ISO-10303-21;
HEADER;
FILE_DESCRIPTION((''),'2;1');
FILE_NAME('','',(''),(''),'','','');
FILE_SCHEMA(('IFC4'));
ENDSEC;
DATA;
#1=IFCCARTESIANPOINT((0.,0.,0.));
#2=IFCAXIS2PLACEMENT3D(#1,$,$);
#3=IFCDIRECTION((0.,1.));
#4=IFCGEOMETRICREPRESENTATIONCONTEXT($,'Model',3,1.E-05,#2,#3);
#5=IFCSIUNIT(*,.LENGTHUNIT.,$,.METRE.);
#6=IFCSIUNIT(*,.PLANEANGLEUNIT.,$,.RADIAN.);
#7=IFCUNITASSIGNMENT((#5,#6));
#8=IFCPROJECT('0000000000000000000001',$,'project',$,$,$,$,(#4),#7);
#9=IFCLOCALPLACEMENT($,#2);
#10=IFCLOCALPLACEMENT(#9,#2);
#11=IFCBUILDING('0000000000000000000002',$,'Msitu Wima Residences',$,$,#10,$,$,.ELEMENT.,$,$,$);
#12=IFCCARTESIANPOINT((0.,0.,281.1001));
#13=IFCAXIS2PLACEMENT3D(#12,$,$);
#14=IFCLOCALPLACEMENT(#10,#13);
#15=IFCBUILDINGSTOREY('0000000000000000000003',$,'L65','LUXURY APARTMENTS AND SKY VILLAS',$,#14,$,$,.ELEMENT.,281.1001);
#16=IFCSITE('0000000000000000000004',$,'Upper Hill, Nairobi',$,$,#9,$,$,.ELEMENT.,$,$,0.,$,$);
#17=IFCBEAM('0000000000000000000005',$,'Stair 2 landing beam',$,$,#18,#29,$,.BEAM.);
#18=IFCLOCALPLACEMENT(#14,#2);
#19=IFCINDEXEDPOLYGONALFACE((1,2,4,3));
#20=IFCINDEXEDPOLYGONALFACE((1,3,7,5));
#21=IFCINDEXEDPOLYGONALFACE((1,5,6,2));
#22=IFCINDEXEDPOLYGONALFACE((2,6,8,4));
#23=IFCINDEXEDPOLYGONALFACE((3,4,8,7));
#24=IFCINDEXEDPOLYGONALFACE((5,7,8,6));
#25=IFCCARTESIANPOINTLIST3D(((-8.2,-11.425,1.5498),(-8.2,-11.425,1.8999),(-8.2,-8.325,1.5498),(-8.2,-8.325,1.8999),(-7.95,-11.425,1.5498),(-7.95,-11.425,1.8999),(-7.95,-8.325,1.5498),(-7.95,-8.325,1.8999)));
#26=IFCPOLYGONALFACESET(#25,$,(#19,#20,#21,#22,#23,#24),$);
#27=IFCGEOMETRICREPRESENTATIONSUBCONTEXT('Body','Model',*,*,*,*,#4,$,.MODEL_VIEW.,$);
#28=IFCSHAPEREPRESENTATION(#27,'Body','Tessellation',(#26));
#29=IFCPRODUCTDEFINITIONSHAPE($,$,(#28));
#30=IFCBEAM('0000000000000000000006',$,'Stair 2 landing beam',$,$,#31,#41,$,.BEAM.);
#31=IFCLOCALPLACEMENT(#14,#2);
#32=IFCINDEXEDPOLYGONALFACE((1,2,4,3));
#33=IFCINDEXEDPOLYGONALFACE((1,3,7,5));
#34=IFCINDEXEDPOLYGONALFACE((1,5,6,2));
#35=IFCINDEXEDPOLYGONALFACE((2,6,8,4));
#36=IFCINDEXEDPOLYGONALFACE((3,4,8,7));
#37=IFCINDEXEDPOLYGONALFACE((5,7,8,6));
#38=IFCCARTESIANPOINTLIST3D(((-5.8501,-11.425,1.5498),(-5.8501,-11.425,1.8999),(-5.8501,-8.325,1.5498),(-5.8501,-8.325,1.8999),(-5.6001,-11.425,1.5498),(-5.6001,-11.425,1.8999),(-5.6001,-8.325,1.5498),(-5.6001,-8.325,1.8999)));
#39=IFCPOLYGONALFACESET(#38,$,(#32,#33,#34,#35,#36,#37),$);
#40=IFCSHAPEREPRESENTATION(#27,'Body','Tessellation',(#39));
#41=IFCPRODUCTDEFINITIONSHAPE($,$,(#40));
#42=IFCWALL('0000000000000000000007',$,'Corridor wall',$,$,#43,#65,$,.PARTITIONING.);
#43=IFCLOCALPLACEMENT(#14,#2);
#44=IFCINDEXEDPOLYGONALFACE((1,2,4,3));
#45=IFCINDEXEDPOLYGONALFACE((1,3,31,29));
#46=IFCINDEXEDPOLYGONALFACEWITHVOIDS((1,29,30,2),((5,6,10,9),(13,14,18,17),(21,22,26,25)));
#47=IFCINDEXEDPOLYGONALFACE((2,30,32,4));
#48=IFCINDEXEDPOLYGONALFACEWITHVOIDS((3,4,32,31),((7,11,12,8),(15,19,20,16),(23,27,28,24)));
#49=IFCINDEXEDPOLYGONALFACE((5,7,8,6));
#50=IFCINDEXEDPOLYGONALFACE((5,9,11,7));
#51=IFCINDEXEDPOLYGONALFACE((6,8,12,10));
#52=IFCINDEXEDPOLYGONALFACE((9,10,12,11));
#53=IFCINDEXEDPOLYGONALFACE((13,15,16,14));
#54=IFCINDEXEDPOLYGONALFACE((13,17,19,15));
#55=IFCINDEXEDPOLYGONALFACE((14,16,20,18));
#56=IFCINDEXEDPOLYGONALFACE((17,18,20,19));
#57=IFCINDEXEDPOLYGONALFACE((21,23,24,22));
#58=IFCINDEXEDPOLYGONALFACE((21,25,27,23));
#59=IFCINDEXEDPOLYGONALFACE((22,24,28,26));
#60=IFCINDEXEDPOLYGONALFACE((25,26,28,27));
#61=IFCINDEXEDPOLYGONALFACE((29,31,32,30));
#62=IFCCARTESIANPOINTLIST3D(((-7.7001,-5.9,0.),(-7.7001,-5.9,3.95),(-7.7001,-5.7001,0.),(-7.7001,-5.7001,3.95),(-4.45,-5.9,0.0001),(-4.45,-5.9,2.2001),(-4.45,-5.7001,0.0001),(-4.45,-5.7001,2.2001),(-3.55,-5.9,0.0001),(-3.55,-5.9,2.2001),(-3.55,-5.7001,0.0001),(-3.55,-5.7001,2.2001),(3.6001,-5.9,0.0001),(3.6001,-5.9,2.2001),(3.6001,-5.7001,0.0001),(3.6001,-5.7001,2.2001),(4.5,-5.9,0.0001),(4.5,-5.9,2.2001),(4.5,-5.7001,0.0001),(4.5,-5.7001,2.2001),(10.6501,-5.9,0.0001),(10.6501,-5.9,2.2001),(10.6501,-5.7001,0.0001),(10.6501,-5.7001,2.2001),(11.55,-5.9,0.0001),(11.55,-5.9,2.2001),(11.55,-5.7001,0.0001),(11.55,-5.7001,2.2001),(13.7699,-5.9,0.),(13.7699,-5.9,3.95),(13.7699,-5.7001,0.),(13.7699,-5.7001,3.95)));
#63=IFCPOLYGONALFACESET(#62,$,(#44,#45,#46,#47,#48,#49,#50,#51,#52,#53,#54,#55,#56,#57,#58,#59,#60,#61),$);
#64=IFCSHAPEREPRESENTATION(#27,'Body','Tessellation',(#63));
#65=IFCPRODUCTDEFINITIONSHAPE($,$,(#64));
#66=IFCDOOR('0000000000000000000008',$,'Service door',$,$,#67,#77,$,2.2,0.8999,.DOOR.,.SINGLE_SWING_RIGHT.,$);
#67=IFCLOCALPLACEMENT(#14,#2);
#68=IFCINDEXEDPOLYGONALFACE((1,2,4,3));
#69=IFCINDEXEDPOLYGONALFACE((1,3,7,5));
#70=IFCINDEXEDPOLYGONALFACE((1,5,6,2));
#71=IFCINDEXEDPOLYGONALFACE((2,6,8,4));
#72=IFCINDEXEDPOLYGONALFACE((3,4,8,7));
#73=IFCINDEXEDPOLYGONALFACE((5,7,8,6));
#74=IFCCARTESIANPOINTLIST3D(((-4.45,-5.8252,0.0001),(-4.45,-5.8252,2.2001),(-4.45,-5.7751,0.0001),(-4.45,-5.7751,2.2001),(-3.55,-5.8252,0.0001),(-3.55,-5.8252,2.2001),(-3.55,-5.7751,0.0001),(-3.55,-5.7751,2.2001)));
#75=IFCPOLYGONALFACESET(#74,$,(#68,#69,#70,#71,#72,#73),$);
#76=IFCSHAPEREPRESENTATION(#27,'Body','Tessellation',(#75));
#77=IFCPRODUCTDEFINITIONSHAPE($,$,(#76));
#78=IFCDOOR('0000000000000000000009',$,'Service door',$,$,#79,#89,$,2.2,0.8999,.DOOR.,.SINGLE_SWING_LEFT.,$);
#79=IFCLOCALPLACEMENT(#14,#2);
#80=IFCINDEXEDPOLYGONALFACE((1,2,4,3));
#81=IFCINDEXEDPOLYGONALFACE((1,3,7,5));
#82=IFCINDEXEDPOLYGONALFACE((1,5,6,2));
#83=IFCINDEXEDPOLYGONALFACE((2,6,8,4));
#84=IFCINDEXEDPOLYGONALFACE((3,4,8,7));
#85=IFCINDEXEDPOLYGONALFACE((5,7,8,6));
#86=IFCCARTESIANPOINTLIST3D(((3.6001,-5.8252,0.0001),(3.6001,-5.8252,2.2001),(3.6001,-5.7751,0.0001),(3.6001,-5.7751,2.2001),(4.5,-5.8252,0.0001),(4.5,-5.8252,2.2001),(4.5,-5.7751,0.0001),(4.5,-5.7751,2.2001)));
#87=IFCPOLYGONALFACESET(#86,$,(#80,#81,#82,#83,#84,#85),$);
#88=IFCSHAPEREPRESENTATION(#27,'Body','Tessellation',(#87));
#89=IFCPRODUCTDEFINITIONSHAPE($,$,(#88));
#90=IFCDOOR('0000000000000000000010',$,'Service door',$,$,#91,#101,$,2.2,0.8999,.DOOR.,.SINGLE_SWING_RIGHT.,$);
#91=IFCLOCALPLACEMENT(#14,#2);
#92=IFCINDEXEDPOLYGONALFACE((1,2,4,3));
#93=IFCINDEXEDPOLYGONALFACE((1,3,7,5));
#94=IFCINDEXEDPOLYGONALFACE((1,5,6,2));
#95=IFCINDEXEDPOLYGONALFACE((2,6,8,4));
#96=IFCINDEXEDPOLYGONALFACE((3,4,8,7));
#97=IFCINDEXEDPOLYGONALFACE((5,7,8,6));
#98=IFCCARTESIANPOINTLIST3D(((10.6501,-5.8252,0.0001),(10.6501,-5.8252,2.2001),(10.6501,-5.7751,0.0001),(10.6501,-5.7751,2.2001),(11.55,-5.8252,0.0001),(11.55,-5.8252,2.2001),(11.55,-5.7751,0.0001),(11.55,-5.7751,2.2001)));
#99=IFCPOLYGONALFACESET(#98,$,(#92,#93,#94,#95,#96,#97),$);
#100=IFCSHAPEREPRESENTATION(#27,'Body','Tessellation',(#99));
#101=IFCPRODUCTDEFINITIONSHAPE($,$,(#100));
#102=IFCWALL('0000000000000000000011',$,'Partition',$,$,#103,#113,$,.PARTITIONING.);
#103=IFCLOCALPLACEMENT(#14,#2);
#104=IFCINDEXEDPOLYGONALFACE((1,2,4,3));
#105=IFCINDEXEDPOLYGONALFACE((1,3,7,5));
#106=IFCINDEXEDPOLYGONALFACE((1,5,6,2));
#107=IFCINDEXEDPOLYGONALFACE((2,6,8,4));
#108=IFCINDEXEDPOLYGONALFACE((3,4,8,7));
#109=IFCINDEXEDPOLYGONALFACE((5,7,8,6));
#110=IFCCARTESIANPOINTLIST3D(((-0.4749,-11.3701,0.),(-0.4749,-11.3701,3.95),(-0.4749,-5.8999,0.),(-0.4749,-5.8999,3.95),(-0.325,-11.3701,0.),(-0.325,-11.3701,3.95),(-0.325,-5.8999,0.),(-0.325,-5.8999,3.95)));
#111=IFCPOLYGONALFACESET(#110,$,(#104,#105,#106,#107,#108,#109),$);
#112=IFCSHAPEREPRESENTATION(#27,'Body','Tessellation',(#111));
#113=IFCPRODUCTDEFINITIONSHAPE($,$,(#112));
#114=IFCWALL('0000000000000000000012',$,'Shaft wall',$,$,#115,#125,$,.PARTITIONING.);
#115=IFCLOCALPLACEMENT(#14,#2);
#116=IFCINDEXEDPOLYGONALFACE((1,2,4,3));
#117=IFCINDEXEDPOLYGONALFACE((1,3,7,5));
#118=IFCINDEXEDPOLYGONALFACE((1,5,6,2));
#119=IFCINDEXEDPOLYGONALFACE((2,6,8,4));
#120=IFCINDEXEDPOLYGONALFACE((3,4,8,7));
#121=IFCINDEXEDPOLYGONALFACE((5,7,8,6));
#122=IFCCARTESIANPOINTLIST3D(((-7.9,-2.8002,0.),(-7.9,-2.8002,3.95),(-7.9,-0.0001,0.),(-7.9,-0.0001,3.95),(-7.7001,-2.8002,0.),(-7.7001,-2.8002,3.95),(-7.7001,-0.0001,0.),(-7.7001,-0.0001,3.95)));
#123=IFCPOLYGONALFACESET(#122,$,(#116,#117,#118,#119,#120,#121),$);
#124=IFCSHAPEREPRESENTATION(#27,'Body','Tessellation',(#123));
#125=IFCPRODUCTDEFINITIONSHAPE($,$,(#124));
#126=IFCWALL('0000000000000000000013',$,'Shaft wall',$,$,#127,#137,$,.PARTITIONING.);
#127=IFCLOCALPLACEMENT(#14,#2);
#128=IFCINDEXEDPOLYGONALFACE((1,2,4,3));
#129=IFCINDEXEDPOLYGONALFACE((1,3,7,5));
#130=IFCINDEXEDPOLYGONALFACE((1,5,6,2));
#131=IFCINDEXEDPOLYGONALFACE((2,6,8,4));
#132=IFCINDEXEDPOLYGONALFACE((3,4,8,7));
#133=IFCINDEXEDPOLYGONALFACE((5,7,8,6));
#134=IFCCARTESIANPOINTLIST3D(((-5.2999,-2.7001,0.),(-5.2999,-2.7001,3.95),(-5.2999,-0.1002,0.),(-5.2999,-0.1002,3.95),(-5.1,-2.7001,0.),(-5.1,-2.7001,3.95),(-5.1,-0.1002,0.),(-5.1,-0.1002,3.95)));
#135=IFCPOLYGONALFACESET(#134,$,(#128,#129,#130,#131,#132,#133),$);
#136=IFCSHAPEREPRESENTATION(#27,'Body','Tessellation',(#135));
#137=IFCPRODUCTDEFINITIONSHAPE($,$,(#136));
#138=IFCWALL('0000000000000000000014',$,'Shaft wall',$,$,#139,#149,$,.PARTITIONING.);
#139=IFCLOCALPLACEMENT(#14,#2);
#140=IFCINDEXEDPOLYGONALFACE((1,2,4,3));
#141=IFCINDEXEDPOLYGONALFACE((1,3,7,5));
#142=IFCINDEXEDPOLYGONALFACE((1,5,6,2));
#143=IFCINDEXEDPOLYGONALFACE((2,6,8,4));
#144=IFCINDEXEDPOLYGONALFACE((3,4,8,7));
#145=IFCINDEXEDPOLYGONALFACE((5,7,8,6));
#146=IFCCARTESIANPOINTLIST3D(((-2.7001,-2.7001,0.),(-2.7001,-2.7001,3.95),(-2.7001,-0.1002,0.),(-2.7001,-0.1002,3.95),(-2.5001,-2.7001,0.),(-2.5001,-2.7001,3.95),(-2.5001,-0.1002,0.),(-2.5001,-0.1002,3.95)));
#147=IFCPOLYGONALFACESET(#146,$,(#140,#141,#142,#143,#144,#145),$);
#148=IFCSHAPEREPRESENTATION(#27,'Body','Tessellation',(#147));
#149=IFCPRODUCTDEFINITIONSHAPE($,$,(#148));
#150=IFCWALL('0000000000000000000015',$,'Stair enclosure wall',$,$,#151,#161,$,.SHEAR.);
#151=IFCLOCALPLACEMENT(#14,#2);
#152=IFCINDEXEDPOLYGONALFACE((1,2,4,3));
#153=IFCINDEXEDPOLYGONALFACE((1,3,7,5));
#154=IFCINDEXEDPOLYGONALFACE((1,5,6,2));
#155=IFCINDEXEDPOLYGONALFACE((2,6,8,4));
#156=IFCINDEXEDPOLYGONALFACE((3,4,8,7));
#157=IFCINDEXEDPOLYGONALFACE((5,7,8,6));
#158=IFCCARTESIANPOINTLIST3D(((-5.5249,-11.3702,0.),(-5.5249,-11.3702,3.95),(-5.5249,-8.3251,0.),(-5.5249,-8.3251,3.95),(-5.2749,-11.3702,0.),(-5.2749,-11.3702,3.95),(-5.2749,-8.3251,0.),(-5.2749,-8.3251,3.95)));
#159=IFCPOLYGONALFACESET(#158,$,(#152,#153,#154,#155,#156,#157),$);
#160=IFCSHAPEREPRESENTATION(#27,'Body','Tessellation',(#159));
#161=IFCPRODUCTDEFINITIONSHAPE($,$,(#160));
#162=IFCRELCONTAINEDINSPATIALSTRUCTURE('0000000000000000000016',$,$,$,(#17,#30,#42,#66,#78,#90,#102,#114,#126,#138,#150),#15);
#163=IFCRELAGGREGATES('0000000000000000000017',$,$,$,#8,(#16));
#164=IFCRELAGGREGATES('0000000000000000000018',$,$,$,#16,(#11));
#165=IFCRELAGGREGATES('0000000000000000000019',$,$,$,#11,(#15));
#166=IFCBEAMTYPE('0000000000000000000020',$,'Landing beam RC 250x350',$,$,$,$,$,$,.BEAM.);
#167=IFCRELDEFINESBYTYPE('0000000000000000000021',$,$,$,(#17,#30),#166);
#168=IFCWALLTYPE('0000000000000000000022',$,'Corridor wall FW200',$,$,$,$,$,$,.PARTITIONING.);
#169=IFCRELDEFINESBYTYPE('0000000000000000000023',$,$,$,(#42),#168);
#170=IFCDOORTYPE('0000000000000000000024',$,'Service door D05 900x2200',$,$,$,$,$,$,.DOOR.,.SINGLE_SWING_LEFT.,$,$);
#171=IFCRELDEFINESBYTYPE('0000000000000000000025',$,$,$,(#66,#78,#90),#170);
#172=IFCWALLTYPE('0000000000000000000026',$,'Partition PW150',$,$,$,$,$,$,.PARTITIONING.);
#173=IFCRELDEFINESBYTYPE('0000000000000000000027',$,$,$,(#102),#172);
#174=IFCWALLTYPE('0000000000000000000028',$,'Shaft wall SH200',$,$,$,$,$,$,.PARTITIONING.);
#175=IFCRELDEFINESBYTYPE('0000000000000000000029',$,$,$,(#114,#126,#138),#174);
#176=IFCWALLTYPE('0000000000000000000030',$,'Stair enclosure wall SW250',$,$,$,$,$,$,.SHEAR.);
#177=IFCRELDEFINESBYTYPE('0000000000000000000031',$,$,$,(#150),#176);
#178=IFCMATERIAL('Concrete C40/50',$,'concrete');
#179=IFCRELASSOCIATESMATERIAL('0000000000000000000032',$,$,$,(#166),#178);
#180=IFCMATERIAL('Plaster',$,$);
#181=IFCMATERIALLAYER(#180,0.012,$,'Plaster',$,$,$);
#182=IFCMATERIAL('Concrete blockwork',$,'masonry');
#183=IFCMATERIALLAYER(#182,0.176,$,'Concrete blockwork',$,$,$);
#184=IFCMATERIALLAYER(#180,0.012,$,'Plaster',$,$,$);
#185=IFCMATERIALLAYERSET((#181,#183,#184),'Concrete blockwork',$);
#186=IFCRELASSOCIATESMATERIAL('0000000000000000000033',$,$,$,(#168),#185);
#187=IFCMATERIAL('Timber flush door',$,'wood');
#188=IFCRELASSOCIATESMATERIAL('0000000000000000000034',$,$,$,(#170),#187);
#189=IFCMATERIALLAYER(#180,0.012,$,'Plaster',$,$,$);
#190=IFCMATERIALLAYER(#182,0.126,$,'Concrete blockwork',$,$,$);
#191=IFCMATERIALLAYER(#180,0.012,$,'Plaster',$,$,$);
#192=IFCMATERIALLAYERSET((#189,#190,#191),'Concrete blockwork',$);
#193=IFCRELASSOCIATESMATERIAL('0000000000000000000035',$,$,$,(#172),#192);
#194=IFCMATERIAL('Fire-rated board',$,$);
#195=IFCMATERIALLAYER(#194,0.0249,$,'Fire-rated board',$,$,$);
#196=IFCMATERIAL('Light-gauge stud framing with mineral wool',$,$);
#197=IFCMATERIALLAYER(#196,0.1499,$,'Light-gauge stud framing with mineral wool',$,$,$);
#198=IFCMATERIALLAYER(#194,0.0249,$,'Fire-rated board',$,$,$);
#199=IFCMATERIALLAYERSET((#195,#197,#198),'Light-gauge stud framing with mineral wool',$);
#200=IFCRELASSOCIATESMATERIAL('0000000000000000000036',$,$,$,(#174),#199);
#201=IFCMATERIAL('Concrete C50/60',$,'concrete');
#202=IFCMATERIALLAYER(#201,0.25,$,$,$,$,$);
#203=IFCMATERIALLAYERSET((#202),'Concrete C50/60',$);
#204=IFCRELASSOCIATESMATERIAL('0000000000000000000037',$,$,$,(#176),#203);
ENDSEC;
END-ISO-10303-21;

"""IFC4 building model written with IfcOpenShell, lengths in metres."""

from ifc_helpers import new_model, si_unit, direction, frame, frame_2d, origin, origin_2d, place, context, subcontext, project, spatial, rectangle, extrude, material, layer, layer_set, material_profile, profile_set, type_object, element, fill, save


model = new_model("IFC4")

# Units and contexts
model_context = context("Model", 3, precision=1e-05, world=origin(), true_north=direction((0.0, 1.0)))
body_context = subcontext(model_context, "Body", "Model", "MODEL_VIEW")
ifc_project = project(units=[si_unit("LENGTHUNIT", "METRE"), si_unit("PLANEANGLEUNIT", "RADIAN")], contexts=[model_context])

# Site, building, storey
site_placement = place(None, origin())
site = spatial("IfcSite", under=ifc_project, at=site_placement, Name="Upper Hill, Nairobi", CompositionType="ELEMENT", RefElevation=0.0)
building_placement = place(site_placement, origin())
building = spatial("IfcBuilding", under=site, at=building_placement, Name="Msitu Wima Residences", CompositionType="ELEMENT")
storey_placement = place(building_placement, frame((0.0, 0.0, 281.1001)))
storey = spatial("IfcBuildingStorey", under=building, at=storey_placement, Name="L65", Description="LUXURY APARTMENTS AND SKY VILLAS", CompositionType="ELEMENT", Elevation=281.1001)

# Beams
ifc_material_1 = material(Name="Concrete C40/50", Category="concrete")
ifc_material_profile = material_profile(ifc_material_1, rectangle(XDim=0.25, YDim=0.3501, at=origin_2d()), Name="RC 250x350")
ifc_profile_set = profile_set([ifc_material_profile], Name="Concrete C40/50")
beam_type = type_object("IfcBeamType", Name="Landing beam RC 250x350", PredefinedType="BEAM", material=ifc_profile_set)
for number, where, z_axis, x_axis, name in (
    (1, (-8.075, -11.425, 1.7249), (0.0, 1.0, 0.0), (-1.0, 0.0, 0.0), "Stair 2 landing beam"),
    (2, (-5.7251, -11.425, 1.7249), (0.0, 1.0, 0.0), (-1.0, 0.0, 0.0), "Stair 2 landing beam"),
):
    element("IfcBeam", number, at=place(storey_placement, frame(where, z_axis=z_axis, x_axis=x_axis)), inside=storey, type_object=beam_type, Name=name, PredefinedType="BEAM", context=body_context, shape_type="SweptSolid", body=[
        extrude(rectangle(XDim=0.25, YDim=0.3501, at=origin_2d()), origin(), (0.0, 0.0, 1.0), 3.1001),
    ])

# Shared definitions
ifc_material_2 = material(Name="Plaster")
ifc_layer_1 = layer(ifc_material_2, 0.012, Name="Plaster")
ifc_material_3 = material(Name="Concrete blockwork", Category="masonry")
ifc_layer_2 = layer(ifc_material_3, 0.176, Name="Concrete blockwork")
ifc_layer_3 = layer(ifc_material_2, 0.012, Name="Plaster")
ifc_layer_set_1 = layer_set([ifc_layer_1, ifc_layer_2, ifc_layer_3], Name="Concrete blockwork")
wall_type_1 = type_object("IfcWallType", Name="Corridor wall FW200", PredefinedType="PARTITIONING", material=ifc_layer_set_1)

# Wall, openings, doors
wall_1_placement = place(storey_placement, frame((-7.7, -5.8, 0.0), z_axis=(0.0, 0.0, 1.0), x_axis=(1.0, 0.0, 0.0)))
wall_1 = element("IfcWall", 3, at=wall_1_placement, inside=storey, type_object=wall_type_1, Name="Corridor wall", PredefinedType="PARTITIONING", context=body_context, shape_type="SweptSolid", body=[
    extrude(rectangle(XDim=21.47, YDim=0.2, at=frame_2d((10.7349, 0.0))), origin(), (0.0, 0.0, 1.0), 3.95),
])
opening_1_placement = place(wall_1_placement, frame((3.25, 0.0, 0.0)))
opening_1 = element("IfcOpeningElement", 4, at=opening_1_placement, cuts=wall_1, PredefinedType="OPENING", context=body_context, shape_type="SweptSolid", body=[
    extrude(rectangle(XDim=0.8999, YDim=2.2, at=frame_2d((0.45, 1.1001))), frame((0.0, 0.1099, 0.0), z_axis=(0.0, -1.0, 0.0), x_axis=(1.0, 0.0, 0.0)), (0.0, 0.0, 1.0), 0.22),
])
opening_2_placement = place(wall_1_placement, frame((11.3, 0.0, 0.0)))
opening_2 = element("IfcOpeningElement", 5, at=opening_2_placement, cuts=wall_1, PredefinedType="OPENING", context=body_context, shape_type="SweptSolid", body=[
    extrude(rectangle(XDim=0.8999, YDim=2.2, at=frame_2d((0.45, 1.1001))), frame((0.0, 0.1099, 0.0), z_axis=(0.0, -1.0, 0.0), x_axis=(1.0, 0.0, 0.0)), (0.0, 0.0, 1.0), 0.22),
])
opening_3_placement = place(wall_1_placement, frame((18.3501, 0.0, 0.0)))
opening_3 = element("IfcOpeningElement", 6, at=opening_3_placement, cuts=wall_1, PredefinedType="OPENING", context=body_context, shape_type="SweptSolid", body=[
    extrude(rectangle(XDim=0.8999, YDim=2.2, at=frame_2d((0.45, 1.1001))), frame((0.0, 0.1099, 0.0), z_axis=(0.0, -1.0, 0.0), x_axis=(1.0, 0.0, 0.0)), (0.0, 0.0, 1.0), 0.22),
])
ifc_material_4 = material(Name="Timber flush door", Category="wood")
door_type_1 = type_object("IfcDoorType", Name="Service door D05 900x2200", OperationType="SINGLE_SWING_LEFT", PredefinedType="DOOR", material=ifc_material_4)
door_1_placement = place(opening_1_placement, origin())
door_1 = element("IfcDoor", 7, at=door_1_placement, inside=storey, type_object=door_type_1, Name="Service door", OperationType="SINGLE_SWING_RIGHT", OverallHeight=2.2, OverallWidth=0.8999, PredefinedType="DOOR", context=body_context, shape_type="SweptSolid", body=[
    extrude(rectangle(XDim=0.8999, YDim=2.2, at=frame_2d((0.45, 1.1001))), frame((0.0, 0.0249, 0.0), z_axis=(0.0, -1.0, 0.0), x_axis=(1.0, 0.0, 0.0)), (0.0, 0.0, 1.0), 0.05),
])
fill(opening_1, door_1)
door_2_placement = place(opening_2_placement, origin())
door_2 = element("IfcDoor", 8, at=door_2_placement, inside=storey, type_object=door_type_1, Name="Service door", OperationType="SINGLE_SWING_LEFT", OverallHeight=2.2, OverallWidth=0.8999, PredefinedType="DOOR", context=body_context, shape_type="SweptSolid", body=[
    extrude(rectangle(XDim=0.8999, YDim=2.2, at=frame_2d((0.45, 1.1001))), frame((0.0, 0.0249, 0.0), z_axis=(0.0, -1.0, 0.0), x_axis=(1.0, 0.0, 0.0)), (0.0, 0.0, 1.0), 0.05),
])
fill(opening_2, door_2)
door_3_placement = place(opening_3_placement, origin())
door_3 = element("IfcDoor", 9, at=door_3_placement, inside=storey, type_object=door_type_1, Name="Service door", OperationType="SINGLE_SWING_RIGHT", OverallHeight=2.2, OverallWidth=0.8999, PredefinedType="DOOR", context=body_context, shape_type="SweptSolid", body=[
    extrude(rectangle(XDim=0.8999, YDim=2.2, at=frame_2d((0.45, 1.1001))), frame((0.0, 0.0249, 0.0), z_axis=(0.0, -1.0, 0.0), x_axis=(1.0, 0.0, 0.0)), (0.0, 0.0, 1.0), 0.05),
])
fill(opening_3, door_3)

# Walls
ifc_layer_4 = layer(ifc_material_2, 0.012, Name="Plaster")
ifc_layer_5 = layer(ifc_material_3, 0.126, Name="Concrete blockwork")
ifc_layer_6 = layer(ifc_material_2, 0.012, Name="Plaster")
ifc_layer_set_2 = layer_set([ifc_layer_4, ifc_layer_5, ifc_layer_6], Name="Concrete blockwork")
wall_type_2 = type_object("IfcWallType", Name="Partition PW150", PredefinedType="PARTITIONING", material=ifc_layer_set_2)
wall_2_placement = place(storey_placement, frame((-0.3999, -11.3701, 0.0), z_axis=(0.0, 0.0, 1.0), x_axis=(0.0, 1.0, 0.0)))
element("IfcWall", 10, at=wall_2_placement, inside=storey, type_object=wall_type_2, Name="Partition", PredefinedType="PARTITIONING", context=body_context, shape_type="SweptSolid", body=[
    extrude(rectangle(XDim=5.4702, YDim=0.1499, at=frame_2d((2.7351, 0.0))), origin(), (0.0, 0.0, 1.0), 3.95),
])
ifc_material_5 = material(Name="Fire-rated board")
ifc_layer_7 = layer(ifc_material_5, 0.0249, Name="Fire-rated board")
ifc_material_6 = material(Name="Light-gauge stud framing with mineral wool")
ifc_layer_8 = layer(ifc_material_6, 0.1499, Name="Light-gauge stud framing with mineral wool")
ifc_layer_9 = layer(ifc_material_5, 0.0249, Name="Fire-rated board")
ifc_layer_set_3 = layer_set([ifc_layer_7, ifc_layer_8, ifc_layer_9], Name="Light-gauge stud framing with mineral wool")
wall_type_3 = type_object("IfcWallType", Name="Shaft wall SH200", PredefinedType="PARTITIONING", material=ifc_layer_set_3)
wall_3_placement = place(storey_placement, frame((-7.8, -2.8, 0.0), z_axis=(0.0, 0.0, 1.0), x_axis=(0.0, 1.0, 0.0)))
element("IfcWall", 11, at=wall_3_placement, inside=storey, type_object=wall_type_3, Name="Shaft wall", PredefinedType="PARTITIONING", context=body_context, shape_type="SweptSolid", body=[
    extrude(rectangle(XDim=2.8, YDim=0.2, at=frame_2d((1.3999, 0.0))), origin(), (0.0, 0.0, 1.0), 3.95),
])
for number, where, z_axis, x_axis, name in (
    (12, (-5.2, -2.7, 0.0), (0.0, 0.0, 1.0), (0.0, 1.0, 0.0), "Shaft wall"),
    (13, (-2.6001, -2.7, 0.0), (0.0, 0.0, 1.0), (0.0, 1.0, 0.0), "Shaft wall"),
):
    element("IfcWall", number, at=place(storey_placement, frame(where, z_axis=z_axis, x_axis=x_axis)), inside=storey, type_object=wall_type_3, Name=name, PredefinedType="PARTITIONING", context=body_context, shape_type="SweptSolid", body=[
        extrude(rectangle(XDim=2.5999, YDim=0.2, at=frame_2d((1.2998, 0.0))), origin(), (0.0, 0.0, 1.0), 3.95),
    ])
ifc_material_7 = material(Name="Concrete C50/60", Category="concrete")
ifc_layer_10 = layer(ifc_material_7, 0.25)
ifc_layer_set_4 = layer_set([ifc_layer_10], Name="Concrete C50/60")
wall_type_4 = type_object("IfcWallType", Name="Stair enclosure wall SW250", PredefinedType="SHEAR", material=ifc_layer_set_4)
wall_4_placement = place(storey_placement, frame((-5.3999, -11.3701, 0.0), z_axis=(0.0, 0.0, 1.0), x_axis=(0.0, 1.0, 0.0)))
element("IfcWall", 14, at=wall_4_placement, inside=storey, type_object=wall_type_4, Name="Stair enclosure wall", PredefinedType="SHEAR", context=body_context, shape_type="SweptSolid", body=[
    extrude(rectangle(XDim=3.0452, YDim=0.25, at=frame_2d((1.5225, 0.0))), origin(), (0.0, 0.0, 1.0), 3.95),
])

save(model, "model.ifc")
